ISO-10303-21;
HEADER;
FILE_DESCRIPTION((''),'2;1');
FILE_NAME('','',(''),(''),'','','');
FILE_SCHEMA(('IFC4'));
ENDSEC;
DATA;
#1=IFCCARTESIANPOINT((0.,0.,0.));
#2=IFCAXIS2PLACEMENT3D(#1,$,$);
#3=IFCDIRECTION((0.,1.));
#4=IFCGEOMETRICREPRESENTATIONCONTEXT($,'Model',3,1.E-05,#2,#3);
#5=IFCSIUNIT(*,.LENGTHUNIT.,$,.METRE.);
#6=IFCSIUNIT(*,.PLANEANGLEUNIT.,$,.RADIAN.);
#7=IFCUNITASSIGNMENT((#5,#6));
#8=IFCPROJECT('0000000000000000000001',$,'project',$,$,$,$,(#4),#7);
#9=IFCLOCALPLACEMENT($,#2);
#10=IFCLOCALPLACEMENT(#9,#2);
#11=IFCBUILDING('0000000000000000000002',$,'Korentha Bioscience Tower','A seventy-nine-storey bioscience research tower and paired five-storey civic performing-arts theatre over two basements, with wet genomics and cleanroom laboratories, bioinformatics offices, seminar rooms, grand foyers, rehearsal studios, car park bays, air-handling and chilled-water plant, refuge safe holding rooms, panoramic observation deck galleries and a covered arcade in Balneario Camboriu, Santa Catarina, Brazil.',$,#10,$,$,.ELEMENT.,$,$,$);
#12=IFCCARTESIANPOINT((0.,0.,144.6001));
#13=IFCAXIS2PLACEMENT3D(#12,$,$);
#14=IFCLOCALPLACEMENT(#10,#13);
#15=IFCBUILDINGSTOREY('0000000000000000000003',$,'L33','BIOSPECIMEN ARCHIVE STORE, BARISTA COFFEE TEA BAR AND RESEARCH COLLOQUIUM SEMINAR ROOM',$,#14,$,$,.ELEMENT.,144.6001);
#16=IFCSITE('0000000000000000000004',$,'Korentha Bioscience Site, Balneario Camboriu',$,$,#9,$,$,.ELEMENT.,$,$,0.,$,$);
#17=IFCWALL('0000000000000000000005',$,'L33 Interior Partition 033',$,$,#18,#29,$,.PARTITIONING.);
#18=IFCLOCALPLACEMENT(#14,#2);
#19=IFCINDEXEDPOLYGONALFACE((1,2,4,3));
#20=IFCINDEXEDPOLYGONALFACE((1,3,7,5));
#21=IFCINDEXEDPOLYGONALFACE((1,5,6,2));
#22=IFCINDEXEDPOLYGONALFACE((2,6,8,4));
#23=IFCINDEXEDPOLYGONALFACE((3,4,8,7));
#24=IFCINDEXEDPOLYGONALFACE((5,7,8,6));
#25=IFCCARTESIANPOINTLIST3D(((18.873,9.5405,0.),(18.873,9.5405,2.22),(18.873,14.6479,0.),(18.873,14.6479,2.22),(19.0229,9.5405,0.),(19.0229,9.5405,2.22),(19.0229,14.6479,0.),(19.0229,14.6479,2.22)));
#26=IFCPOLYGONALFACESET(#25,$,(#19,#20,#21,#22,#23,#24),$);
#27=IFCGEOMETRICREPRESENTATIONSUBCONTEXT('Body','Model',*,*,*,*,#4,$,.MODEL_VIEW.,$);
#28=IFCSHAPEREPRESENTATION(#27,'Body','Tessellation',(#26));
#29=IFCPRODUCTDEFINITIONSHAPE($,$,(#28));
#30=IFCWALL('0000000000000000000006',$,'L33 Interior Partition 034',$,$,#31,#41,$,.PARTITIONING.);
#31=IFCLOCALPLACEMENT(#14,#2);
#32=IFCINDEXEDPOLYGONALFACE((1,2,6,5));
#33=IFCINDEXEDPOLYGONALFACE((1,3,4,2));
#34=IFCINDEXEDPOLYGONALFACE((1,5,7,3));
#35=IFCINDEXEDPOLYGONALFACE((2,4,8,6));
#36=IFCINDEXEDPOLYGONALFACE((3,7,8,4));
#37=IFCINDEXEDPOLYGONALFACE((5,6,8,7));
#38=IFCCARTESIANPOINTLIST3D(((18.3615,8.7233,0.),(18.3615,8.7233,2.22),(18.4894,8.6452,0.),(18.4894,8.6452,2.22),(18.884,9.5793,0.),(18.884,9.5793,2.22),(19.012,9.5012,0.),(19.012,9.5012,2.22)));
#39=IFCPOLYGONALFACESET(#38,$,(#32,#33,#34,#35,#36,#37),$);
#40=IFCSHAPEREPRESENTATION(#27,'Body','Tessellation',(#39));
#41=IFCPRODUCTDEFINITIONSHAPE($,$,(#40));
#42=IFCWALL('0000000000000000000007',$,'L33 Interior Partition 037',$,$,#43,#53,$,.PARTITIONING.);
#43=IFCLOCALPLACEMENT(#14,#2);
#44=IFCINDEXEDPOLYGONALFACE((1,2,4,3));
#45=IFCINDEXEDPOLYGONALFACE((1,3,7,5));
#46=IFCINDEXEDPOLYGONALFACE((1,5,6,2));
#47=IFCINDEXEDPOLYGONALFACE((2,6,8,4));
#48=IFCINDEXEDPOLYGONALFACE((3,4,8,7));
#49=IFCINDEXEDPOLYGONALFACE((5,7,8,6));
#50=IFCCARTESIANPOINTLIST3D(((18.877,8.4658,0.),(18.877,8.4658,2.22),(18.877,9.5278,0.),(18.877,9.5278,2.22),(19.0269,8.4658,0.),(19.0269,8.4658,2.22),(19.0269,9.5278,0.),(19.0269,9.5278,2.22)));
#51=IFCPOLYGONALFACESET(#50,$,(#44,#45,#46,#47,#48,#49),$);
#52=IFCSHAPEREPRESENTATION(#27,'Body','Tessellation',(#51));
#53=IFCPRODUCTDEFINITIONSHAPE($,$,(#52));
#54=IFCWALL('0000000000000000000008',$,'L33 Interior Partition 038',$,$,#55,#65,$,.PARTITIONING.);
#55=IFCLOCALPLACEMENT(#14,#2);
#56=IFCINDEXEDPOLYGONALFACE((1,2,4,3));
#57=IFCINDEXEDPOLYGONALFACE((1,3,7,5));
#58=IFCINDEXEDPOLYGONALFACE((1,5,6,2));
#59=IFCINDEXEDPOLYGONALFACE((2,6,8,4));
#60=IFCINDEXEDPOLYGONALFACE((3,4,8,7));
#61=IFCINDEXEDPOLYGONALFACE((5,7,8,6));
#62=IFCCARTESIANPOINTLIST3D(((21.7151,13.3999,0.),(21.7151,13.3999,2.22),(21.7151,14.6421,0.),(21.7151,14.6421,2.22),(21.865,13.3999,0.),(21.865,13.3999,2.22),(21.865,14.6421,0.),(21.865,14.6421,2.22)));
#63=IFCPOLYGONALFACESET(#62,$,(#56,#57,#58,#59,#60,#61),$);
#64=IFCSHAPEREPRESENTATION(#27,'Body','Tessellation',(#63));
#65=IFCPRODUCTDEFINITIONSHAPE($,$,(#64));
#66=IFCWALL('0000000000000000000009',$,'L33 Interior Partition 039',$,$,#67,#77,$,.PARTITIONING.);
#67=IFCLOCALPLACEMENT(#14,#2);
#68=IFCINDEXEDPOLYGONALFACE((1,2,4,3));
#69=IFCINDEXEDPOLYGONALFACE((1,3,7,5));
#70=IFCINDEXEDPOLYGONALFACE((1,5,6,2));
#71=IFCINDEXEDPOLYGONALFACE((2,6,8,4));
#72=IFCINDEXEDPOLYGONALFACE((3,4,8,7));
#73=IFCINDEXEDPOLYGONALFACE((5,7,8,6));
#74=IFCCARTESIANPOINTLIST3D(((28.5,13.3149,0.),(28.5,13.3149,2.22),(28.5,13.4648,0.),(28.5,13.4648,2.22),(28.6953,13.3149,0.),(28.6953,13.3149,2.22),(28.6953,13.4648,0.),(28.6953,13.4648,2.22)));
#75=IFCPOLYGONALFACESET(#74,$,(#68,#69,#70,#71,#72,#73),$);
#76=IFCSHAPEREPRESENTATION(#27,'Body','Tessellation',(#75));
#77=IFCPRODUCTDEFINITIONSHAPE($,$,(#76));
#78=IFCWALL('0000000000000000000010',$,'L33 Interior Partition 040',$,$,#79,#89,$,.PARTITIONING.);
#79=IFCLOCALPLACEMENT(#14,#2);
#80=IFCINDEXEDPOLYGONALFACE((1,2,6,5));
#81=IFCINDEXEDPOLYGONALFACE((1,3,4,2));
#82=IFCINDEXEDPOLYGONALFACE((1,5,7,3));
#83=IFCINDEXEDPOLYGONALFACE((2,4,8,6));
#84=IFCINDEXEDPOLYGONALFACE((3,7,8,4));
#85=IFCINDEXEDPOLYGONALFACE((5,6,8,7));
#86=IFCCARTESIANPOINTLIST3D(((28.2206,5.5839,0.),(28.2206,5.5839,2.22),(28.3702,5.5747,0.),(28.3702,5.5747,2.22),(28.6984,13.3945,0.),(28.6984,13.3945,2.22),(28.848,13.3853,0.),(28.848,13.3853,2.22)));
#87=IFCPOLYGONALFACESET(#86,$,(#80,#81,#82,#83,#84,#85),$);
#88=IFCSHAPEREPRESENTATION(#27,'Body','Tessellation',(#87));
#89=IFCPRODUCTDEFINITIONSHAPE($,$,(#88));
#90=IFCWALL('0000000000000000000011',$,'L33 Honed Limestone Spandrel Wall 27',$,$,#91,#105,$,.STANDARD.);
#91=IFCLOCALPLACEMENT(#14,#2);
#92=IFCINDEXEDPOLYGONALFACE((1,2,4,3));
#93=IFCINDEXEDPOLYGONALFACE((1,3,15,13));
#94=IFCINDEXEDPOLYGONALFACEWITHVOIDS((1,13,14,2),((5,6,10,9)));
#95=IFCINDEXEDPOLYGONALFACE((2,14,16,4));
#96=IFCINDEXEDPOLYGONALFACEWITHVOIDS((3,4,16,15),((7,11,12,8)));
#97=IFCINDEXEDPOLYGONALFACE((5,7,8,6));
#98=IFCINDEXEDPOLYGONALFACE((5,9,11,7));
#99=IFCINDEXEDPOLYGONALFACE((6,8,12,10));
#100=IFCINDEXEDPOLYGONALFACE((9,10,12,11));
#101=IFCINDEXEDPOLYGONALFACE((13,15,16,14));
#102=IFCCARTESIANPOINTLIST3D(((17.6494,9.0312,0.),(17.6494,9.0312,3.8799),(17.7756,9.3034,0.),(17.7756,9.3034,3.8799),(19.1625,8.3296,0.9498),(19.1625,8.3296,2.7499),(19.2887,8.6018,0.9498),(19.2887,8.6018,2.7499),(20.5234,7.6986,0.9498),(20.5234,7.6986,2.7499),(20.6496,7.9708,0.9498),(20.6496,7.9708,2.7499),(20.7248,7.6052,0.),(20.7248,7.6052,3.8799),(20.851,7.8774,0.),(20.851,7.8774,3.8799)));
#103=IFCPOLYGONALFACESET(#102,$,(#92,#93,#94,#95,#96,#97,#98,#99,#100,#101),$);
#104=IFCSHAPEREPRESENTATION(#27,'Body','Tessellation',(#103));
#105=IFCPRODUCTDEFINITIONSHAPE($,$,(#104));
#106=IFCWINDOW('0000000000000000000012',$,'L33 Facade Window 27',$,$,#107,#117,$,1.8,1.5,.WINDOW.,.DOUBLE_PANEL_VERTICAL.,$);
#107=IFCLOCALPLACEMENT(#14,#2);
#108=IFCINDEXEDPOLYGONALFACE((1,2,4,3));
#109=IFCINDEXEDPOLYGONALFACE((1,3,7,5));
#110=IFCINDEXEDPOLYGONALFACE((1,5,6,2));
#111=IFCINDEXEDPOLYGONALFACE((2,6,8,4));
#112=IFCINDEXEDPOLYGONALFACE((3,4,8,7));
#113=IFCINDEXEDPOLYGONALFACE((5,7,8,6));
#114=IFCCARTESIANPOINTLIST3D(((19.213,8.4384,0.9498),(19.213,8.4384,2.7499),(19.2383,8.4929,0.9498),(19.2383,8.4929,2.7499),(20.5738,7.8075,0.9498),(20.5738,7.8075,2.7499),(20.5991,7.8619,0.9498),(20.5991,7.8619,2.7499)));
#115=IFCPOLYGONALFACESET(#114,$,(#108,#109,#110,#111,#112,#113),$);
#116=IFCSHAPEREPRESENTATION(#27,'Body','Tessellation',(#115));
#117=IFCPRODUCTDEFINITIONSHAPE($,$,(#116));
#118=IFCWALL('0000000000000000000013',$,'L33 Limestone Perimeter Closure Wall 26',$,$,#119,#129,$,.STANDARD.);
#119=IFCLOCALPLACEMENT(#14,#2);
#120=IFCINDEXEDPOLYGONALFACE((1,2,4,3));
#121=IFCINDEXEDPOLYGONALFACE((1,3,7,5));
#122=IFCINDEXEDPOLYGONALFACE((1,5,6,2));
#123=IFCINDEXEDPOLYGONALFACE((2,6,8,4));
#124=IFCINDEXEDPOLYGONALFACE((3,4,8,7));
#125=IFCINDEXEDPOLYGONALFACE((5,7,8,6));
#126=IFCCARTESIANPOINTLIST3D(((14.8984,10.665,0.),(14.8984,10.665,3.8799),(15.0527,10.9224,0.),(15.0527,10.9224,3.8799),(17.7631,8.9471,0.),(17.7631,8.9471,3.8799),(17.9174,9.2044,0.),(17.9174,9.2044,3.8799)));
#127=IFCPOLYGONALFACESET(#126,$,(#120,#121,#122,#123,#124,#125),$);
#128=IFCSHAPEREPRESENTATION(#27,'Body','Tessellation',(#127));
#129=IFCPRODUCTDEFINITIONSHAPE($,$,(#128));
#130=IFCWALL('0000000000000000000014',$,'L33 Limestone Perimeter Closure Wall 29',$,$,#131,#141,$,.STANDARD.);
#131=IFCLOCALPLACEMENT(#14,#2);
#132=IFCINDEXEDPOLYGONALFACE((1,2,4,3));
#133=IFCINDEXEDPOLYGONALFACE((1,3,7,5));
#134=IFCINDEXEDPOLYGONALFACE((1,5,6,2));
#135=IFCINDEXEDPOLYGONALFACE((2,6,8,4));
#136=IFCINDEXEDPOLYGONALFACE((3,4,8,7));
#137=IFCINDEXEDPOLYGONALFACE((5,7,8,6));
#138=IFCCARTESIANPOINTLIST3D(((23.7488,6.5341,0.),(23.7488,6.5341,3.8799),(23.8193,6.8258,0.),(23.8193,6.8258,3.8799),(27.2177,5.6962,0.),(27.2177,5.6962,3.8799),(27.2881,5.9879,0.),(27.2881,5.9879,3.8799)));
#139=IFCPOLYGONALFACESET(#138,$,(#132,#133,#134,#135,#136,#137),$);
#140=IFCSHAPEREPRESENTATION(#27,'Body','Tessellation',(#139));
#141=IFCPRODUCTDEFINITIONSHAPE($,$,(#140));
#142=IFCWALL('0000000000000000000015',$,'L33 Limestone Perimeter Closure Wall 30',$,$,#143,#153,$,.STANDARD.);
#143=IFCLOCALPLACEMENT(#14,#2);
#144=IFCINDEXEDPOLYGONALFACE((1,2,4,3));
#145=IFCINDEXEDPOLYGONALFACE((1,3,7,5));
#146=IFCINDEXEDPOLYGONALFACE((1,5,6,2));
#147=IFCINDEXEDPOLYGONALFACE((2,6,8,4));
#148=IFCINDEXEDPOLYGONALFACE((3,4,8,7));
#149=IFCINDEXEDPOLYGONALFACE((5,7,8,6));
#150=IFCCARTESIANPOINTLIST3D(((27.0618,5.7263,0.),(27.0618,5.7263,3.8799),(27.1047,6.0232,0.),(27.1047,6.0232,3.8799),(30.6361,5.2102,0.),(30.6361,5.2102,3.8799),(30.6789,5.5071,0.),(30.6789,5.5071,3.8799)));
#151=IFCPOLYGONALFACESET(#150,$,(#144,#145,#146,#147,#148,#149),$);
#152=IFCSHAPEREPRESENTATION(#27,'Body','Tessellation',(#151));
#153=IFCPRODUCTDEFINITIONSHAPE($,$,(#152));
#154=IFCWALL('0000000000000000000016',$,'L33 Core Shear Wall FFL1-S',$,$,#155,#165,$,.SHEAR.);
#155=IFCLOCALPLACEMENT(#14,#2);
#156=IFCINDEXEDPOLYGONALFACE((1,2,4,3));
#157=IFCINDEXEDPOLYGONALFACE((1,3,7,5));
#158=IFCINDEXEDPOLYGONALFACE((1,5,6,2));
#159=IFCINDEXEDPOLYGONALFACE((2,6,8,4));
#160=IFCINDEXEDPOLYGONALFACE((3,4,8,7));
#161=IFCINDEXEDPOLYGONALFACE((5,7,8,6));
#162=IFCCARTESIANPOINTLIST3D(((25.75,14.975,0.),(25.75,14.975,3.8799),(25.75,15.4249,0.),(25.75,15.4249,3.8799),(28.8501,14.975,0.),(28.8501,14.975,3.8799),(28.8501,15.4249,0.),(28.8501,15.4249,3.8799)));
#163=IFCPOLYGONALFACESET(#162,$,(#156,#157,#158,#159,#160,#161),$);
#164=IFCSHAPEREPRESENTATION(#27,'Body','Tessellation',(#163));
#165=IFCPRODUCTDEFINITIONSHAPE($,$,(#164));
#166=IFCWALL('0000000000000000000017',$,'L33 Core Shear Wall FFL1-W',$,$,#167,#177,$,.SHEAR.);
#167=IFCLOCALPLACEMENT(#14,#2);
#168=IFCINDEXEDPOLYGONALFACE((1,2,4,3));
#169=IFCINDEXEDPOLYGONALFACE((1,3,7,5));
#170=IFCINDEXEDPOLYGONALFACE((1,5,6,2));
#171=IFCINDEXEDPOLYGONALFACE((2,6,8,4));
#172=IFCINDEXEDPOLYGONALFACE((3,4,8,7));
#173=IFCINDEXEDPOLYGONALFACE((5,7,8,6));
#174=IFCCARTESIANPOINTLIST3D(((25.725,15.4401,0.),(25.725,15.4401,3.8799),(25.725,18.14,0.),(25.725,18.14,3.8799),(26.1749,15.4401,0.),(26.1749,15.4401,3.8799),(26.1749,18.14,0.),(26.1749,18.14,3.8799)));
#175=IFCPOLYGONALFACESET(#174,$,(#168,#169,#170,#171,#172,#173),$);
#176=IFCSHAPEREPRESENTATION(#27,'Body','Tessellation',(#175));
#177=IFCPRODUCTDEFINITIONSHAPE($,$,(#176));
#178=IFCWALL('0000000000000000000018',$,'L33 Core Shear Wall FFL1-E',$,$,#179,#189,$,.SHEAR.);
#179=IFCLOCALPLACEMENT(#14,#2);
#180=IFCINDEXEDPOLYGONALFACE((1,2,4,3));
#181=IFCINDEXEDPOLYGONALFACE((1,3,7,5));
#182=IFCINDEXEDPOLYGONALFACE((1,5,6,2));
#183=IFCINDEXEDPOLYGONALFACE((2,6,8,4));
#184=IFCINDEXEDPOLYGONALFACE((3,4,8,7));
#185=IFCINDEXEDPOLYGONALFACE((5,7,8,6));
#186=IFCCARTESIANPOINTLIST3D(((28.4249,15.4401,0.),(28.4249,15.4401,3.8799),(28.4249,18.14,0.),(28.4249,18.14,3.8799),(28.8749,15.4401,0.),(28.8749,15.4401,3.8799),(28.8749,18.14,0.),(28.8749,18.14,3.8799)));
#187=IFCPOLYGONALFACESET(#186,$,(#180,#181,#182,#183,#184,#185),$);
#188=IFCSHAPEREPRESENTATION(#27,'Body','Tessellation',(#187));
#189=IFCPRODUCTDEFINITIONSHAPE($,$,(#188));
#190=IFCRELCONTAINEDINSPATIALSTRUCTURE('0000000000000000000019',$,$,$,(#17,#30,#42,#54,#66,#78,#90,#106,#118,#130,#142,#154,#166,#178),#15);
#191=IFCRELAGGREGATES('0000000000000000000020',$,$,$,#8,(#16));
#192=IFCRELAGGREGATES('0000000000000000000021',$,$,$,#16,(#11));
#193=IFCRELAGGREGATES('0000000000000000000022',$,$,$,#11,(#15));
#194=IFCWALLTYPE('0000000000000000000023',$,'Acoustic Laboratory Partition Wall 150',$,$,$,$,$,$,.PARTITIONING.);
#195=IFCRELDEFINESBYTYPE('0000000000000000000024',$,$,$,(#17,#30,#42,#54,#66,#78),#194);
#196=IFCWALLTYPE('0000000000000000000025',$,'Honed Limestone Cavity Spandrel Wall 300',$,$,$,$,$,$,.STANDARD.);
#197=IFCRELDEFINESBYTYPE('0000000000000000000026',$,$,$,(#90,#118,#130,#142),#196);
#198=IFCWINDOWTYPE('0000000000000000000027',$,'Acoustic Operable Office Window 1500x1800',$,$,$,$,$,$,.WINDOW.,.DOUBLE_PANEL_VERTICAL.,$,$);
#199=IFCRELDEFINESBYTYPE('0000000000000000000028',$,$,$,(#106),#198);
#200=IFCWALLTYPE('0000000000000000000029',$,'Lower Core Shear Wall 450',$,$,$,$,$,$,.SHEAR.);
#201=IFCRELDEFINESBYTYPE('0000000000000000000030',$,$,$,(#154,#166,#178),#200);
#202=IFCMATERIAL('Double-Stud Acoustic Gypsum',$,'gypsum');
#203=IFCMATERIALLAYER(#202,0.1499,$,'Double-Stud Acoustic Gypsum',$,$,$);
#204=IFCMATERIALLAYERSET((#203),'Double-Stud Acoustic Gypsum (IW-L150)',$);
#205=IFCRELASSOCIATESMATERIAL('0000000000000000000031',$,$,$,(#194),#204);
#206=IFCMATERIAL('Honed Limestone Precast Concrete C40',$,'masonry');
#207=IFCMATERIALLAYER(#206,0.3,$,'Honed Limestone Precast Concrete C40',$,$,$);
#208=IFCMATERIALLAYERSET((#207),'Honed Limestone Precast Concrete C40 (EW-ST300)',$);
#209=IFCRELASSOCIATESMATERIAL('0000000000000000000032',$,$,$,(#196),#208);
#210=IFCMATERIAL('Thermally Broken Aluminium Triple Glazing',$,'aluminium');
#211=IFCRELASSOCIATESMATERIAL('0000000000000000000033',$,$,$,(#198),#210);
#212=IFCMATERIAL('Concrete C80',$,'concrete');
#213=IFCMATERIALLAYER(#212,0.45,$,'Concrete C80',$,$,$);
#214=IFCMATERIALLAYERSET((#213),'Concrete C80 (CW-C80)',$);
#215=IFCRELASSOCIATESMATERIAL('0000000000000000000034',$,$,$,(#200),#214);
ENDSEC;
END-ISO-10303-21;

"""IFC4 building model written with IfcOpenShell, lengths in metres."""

from ifc_helpers import new_model, si_unit, direction, frame, frame_2d, origin, place, context, subcontext, project, spatial, rectangle, extrude, material, layer, layer_set, type_object, element, fill, save


model = new_model("IFC4")

# Units and contexts
model_context = context("Model", 3, precision=1e-05, world=origin(), true_north=direction((0.0, 1.0)))
body_context = subcontext(model_context, "Body", "Model", "MODEL_VIEW")
ifc_project = project(units=[si_unit("LENGTHUNIT", "METRE"), si_unit("PLANEANGLEUNIT", "RADIAN")], contexts=[model_context])

# Site, building, storey
site_placement = place(None, origin())
site = spatial("IfcSite", under=ifc_project, at=site_placement, Name="Korentha Bioscience Site, Balneario Camboriu", CompositionType="ELEMENT", RefElevation=0.0)
building_placement = place(site_placement, origin())
building = spatial("IfcBuilding", under=site, at=building_placement, Name="Korentha Bioscience Tower", Description="A seventy-nine-storey bioscience research tower and paired five-storey civic performing-arts theatre over two basements, with wet genomics and cleanroom laboratories, bioinformatics offices, seminar rooms, grand foyers, rehearsal studios, car park bays, air-handling and chilled-water plant, refuge safe holding rooms, panoramic observation deck galleries and a covered arcade in Balneario Camboriu, Santa Catarina, Brazil.", CompositionType="ELEMENT")
storey_placement = place(building_placement, frame((0.0, 0.0, 144.6001)))
storey = spatial("IfcBuildingStorey", under=building, at=storey_placement, Name="L33", Description="BIOSPECIMEN ARCHIVE STORE, BARISTA COFFEE TEA BAR AND RESEARCH COLLOQUIUM SEMINAR ROOM", CompositionType="ELEMENT", Elevation=144.6001)

# Shared definitions
ifc_material_1 = material(Name="Concrete C80", Category="concrete")

# Shared definitions
ifc_material_2 = material(Name="Double-Stud Acoustic Gypsum", Category="gypsum")
ifc_layer_1 = layer(ifc_material_2, 0.1499, Name="Double-Stud Acoustic Gypsum")
ifc_layer_set_1 = layer_set([ifc_layer_1], Name="Double-Stud Acoustic Gypsum (IW-L150)")
wall_type_1 = type_object("IfcWallType", Name="Acoustic Laboratory Partition Wall 150", PredefinedType="PARTITIONING", material=ifc_layer_set_1)

# Walls
wall_1_placement = place(storey_placement, frame((18.948, 14.6479, 0.0), z_axis=(0.0, 0.0, 1.0), x_axis=(0.0, -1.0, 0.0)))
element("IfcWall", 1, at=wall_1_placement, inside=storey, type_object=wall_type_1, Name="L33 Interior Partition 033", PredefinedType="PARTITIONING", context=body_context, shape_type="SweptSolid", body=[
    extrude(rectangle(XDim=5.1074, YDim=0.1499, at=frame_2d((2.5537, 0.0))), origin(), (0.0, 0.0, 1.0), 2.22),
])
wall_2_placement = place(storey_placement, frame((18.948, 9.5403, 0.0), z_axis=(0.0, 0.0, 1.0), x_axis=(-0.520997, -0.853559, 0.0)))
element("IfcWall", 2, at=wall_2_placement, inside=storey, type_object=wall_type_1, Name="L33 Interior Partition 034", PredefinedType="PARTITIONING", context=body_context, shape_type="SweptSolid", body=[
    extrude(rectangle(XDim=1.0029, YDim=0.1499, at=frame_2d((0.5015, 0.0))), origin(), (0.0, 0.0, 1.0), 2.22),
])
wall_3_placement = place(storey_placement, frame((18.9519, 8.4658, 0.0), z_axis=(0.0, 0.0, 1.0), x_axis=(0.0, 1.0, 0.0)))
element("IfcWall", 3, at=wall_3_placement, inside=storey, type_object=wall_type_1, Name="L33 Interior Partition 037", PredefinedType="PARTITIONING", context=body_context, shape_type="SweptSolid", body=[
    extrude(rectangle(XDim=1.062, YDim=0.1499, at=frame_2d((0.531, 0.0))), origin(), (0.0, 0.0, 1.0), 2.22),
])
wall_4_placement = place(storey_placement, frame((21.79, 14.6421, 0.0), z_axis=(0.0, 0.0, 1.0), x_axis=(0.0, -1.0, 0.0)))
element("IfcWall", 4, at=wall_4_placement, inside=storey, type_object=wall_type_1, Name="L33 Interior Partition 038", PredefinedType="PARTITIONING", context=body_context, shape_type="SweptSolid", body=[
    extrude(rectangle(XDim=1.2422, YDim=0.1499, at=frame_2d((0.6211, 0.0))), origin(), (0.0, 0.0, 1.0), 2.22),
])
wall_5_placement = place(storey_placement, frame((28.5, 13.3899, 0.0), z_axis=(0.0, 0.0, 1.0), x_axis=(1.0, 0.0, 0.0)))
element("IfcWall", 5, at=wall_5_placement, inside=storey, type_object=wall_type_1, Name="L33 Interior Partition 039", PredefinedType="PARTITIONING", context=body_context, shape_type="SweptSolid", body=[
    extrude(rectangle(XDim=0.1953, YDim=0.1499, at=frame_2d((0.0977, 0.0))), origin(), (0.0, 0.0, 1.0), 2.22),
])
wall_6_placement = place(storey_placement, frame((28.7732, 13.3899, 0.0), z_axis=(0.0, 0.0, 1.0), x_axis=(-0.061057, -0.998134, 0.0)))
element("IfcWall", 6, at=wall_6_placement, inside=storey, type_object=wall_type_1, Name="L33 Interior Partition 040", PredefinedType="PARTITIONING", context=body_context, shape_type="SweptSolid", body=[
    extrude(rectangle(XDim=7.8252, YDim=0.1499, at=frame_2d((3.9126, 0.0))), origin(), (0.0, 0.0, 1.0), 2.22),
])

# Wall, opening, window
ifc_material_3 = material(Name="Honed Limestone Precast Concrete C40", Category="masonry")
ifc_layer_2 = layer(ifc_material_3, 0.3, Name="Honed Limestone Precast Concrete C40")
ifc_layer_set_2 = layer_set([ifc_layer_2], Name="Honed Limestone Precast Concrete C40 (EW-ST300)")
wall_type_2 = type_object("IfcWallType", Name="Honed Limestone Cavity Spandrel Wall 300", PredefinedType="STANDARD", material=ifc_layer_set_2)
wall_7_placement = place(storey_placement, frame((17.7126, 9.1672, 0.0), z_axis=(0.0, 0.0, 1.0), x_axis=(0.907218, -0.420661, 0.0)))
wall_7 = element("IfcWall", 7, at=wall_7_placement, inside=storey, type_object=wall_type_2, Name="L33 Honed Limestone Spandrel Wall 27", PredefinedType="STANDARD", context=body_context, shape_type="SweptSolid", body=[
    extrude(rectangle(XDim=3.3899, YDim=0.3, at=frame_2d((1.6948, 0.0))), origin(), (0.0, 0.0, 1.0), 3.8799),
])
opening_1_placement = place(wall_7_placement, frame((1.6677, 0.0, 0.95)))
opening_1 = element("IfcOpeningElement", 8, at=opening_1_placement, cuts=wall_7, PredefinedType="OPENING", context=body_context, shape_type="SweptSolid", body=[
    extrude(rectangle(XDim=1.5, YDim=1.8, at=frame_2d((0.75, 0.8999))), frame((0.0, 0.165, 0.0), z_axis=(0.0, -1.0, 0.0), x_axis=(1.0, 0.0, 0.0)), (0.0, 0.0, 1.0), 0.3298),
])
ifc_material_4 = material(Name="Thermally Broken Aluminium Triple Glazing", Category="aluminium")
window_type = type_object("IfcWindowType", Name="Acoustic Operable Office Window 1500x1800", PartitioningType="DOUBLE_PANEL_VERTICAL", PredefinedType="WINDOW", material=ifc_material_4)
window_placement = place(opening_1_placement, origin())
window = element("IfcWindow", 9, at=window_placement, inside=storey, type_object=window_type, Name="L33 Facade Window 27", OverallHeight=1.8, OverallWidth=1.5, PartitioningType="DOUBLE_PANEL_VERTICAL", PredefinedType="WINDOW", context=body_context, shape_type="SweptSolid", body=[
    extrude(rectangle(XDim=1.5, YDim=1.8, at=frame_2d((0.75, 0.8999))), frame((0.0, 0.03, 0.0), z_axis=(0.0, -1.0, 0.0), x_axis=(1.0, 0.0, 0.0)), (0.0, 0.0, 1.0), 0.0601),
])
fill(opening_1, window)

# Walls
wall_8_placement = place(storey_placement, frame((14.9756, 10.7937, 0.0), z_axis=(0.0, 0.0, 1.0), x_axis=(0.857603, -0.514313, 0.0)))
element("IfcWall", 10, at=wall_8_placement, inside=storey, type_object=wall_type_2, Name="L33 Limestone Perimeter Closure Wall 26", PredefinedType="STANDARD", context=body_context, shape_type="SweptSolid", body=[
    extrude(rectangle(XDim=3.3403, YDim=0.3, at=frame_2d((1.6702, 0.0))), origin(), (0.0, 0.0, 1.0), 3.8799),
])
wall_9_placement = place(storey_placement, frame((23.7842, 6.6799, 0.0), z_axis=(0.0, 0.0, 1.0), x_axis=(0.972043, -0.234801, 0.0)))
element("IfcWall", 11, at=wall_9_placement, inside=storey, type_object=wall_type_2, Name="L33 Limestone Perimeter Closure Wall 29", PredefinedType="STANDARD", context=body_context, shape_type="SweptSolid", body=[
    extrude(rectangle(XDim=3.5686, YDim=0.3, at=frame_2d((1.7842, 0.0))), origin(), (0.0, 0.0, 1.0), 3.8799),
])
wall_10_placement = place(storey_placement, frame((27.0833, 5.8748, 0.0), z_axis=(0.0, 0.0, 1.0), x_axis=(0.989735, -0.142917, 0.0)))
element("IfcWall", 12, at=wall_10_placement, inside=storey, type_object=wall_type_2, Name="L33 Limestone Perimeter Closure Wall 30", PredefinedType="STANDARD", context=body_context, shape_type="SweptSolid", body=[
    extrude(rectangle(XDim=3.6113, YDim=0.3, at=frame_2d((1.8057, 0.0))), origin(), (0.0, 0.0, 1.0), 3.8799),
])
ifc_layer_3 = layer(ifc_material_1, 0.45, Name="Concrete C80")
ifc_layer_set_3 = layer_set([ifc_layer_3], Name="Concrete C80 (CW-C80)")
wall_type_3 = type_object("IfcWallType", Name="Lower Core Shear Wall 450", PredefinedType="SHEAR", material=ifc_layer_set_3)
wall_11_placement = place(storey_placement, frame((25.75, 15.2, 0.0), z_axis=(0.0, 0.0, 1.0), x_axis=(1.0, 0.0, 0.0)))
element("IfcWall", 13, at=wall_11_placement, inside=storey, type_object=wall_type_3, Name="L33 Core Shear Wall FFL1-S", PredefinedType="SHEAR", context=body_context, shape_type="SweptSolid", body=[
    extrude(rectangle(XDim=3.1001, YDim=0.45, at=frame_2d((1.55, 0.0))), origin(), (0.0, 0.0, 1.0), 3.8799),
])
for number, where, z_axis, x_axis, name in (
    (14, (25.95, 15.4399, 0.0), (0.0, 0.0, 1.0), (0.0, 1.0, 0.0), "L33 Core Shear Wall FFL1-W"),
    (15, (28.6499, 15.4399, 0.0), (0.0, 0.0, 1.0), (0.0, 1.0, 0.0), "L33 Core Shear Wall FFL1-E"),
):
    element("IfcWall", number, at=place(storey_placement, frame(where, z_axis=z_axis, x_axis=x_axis)), inside=storey, type_object=wall_type_3, Name=name, PredefinedType="SHEAR", context=body_context, shape_type="SweptSolid", body=[
        extrude(rectangle(XDim=2.7, YDim=0.45, at=frame_2d((1.3501, 0.0))), origin(), (0.0, 0.0, 1.0), 3.8799),
    ])

save(model, "model.ifc")
